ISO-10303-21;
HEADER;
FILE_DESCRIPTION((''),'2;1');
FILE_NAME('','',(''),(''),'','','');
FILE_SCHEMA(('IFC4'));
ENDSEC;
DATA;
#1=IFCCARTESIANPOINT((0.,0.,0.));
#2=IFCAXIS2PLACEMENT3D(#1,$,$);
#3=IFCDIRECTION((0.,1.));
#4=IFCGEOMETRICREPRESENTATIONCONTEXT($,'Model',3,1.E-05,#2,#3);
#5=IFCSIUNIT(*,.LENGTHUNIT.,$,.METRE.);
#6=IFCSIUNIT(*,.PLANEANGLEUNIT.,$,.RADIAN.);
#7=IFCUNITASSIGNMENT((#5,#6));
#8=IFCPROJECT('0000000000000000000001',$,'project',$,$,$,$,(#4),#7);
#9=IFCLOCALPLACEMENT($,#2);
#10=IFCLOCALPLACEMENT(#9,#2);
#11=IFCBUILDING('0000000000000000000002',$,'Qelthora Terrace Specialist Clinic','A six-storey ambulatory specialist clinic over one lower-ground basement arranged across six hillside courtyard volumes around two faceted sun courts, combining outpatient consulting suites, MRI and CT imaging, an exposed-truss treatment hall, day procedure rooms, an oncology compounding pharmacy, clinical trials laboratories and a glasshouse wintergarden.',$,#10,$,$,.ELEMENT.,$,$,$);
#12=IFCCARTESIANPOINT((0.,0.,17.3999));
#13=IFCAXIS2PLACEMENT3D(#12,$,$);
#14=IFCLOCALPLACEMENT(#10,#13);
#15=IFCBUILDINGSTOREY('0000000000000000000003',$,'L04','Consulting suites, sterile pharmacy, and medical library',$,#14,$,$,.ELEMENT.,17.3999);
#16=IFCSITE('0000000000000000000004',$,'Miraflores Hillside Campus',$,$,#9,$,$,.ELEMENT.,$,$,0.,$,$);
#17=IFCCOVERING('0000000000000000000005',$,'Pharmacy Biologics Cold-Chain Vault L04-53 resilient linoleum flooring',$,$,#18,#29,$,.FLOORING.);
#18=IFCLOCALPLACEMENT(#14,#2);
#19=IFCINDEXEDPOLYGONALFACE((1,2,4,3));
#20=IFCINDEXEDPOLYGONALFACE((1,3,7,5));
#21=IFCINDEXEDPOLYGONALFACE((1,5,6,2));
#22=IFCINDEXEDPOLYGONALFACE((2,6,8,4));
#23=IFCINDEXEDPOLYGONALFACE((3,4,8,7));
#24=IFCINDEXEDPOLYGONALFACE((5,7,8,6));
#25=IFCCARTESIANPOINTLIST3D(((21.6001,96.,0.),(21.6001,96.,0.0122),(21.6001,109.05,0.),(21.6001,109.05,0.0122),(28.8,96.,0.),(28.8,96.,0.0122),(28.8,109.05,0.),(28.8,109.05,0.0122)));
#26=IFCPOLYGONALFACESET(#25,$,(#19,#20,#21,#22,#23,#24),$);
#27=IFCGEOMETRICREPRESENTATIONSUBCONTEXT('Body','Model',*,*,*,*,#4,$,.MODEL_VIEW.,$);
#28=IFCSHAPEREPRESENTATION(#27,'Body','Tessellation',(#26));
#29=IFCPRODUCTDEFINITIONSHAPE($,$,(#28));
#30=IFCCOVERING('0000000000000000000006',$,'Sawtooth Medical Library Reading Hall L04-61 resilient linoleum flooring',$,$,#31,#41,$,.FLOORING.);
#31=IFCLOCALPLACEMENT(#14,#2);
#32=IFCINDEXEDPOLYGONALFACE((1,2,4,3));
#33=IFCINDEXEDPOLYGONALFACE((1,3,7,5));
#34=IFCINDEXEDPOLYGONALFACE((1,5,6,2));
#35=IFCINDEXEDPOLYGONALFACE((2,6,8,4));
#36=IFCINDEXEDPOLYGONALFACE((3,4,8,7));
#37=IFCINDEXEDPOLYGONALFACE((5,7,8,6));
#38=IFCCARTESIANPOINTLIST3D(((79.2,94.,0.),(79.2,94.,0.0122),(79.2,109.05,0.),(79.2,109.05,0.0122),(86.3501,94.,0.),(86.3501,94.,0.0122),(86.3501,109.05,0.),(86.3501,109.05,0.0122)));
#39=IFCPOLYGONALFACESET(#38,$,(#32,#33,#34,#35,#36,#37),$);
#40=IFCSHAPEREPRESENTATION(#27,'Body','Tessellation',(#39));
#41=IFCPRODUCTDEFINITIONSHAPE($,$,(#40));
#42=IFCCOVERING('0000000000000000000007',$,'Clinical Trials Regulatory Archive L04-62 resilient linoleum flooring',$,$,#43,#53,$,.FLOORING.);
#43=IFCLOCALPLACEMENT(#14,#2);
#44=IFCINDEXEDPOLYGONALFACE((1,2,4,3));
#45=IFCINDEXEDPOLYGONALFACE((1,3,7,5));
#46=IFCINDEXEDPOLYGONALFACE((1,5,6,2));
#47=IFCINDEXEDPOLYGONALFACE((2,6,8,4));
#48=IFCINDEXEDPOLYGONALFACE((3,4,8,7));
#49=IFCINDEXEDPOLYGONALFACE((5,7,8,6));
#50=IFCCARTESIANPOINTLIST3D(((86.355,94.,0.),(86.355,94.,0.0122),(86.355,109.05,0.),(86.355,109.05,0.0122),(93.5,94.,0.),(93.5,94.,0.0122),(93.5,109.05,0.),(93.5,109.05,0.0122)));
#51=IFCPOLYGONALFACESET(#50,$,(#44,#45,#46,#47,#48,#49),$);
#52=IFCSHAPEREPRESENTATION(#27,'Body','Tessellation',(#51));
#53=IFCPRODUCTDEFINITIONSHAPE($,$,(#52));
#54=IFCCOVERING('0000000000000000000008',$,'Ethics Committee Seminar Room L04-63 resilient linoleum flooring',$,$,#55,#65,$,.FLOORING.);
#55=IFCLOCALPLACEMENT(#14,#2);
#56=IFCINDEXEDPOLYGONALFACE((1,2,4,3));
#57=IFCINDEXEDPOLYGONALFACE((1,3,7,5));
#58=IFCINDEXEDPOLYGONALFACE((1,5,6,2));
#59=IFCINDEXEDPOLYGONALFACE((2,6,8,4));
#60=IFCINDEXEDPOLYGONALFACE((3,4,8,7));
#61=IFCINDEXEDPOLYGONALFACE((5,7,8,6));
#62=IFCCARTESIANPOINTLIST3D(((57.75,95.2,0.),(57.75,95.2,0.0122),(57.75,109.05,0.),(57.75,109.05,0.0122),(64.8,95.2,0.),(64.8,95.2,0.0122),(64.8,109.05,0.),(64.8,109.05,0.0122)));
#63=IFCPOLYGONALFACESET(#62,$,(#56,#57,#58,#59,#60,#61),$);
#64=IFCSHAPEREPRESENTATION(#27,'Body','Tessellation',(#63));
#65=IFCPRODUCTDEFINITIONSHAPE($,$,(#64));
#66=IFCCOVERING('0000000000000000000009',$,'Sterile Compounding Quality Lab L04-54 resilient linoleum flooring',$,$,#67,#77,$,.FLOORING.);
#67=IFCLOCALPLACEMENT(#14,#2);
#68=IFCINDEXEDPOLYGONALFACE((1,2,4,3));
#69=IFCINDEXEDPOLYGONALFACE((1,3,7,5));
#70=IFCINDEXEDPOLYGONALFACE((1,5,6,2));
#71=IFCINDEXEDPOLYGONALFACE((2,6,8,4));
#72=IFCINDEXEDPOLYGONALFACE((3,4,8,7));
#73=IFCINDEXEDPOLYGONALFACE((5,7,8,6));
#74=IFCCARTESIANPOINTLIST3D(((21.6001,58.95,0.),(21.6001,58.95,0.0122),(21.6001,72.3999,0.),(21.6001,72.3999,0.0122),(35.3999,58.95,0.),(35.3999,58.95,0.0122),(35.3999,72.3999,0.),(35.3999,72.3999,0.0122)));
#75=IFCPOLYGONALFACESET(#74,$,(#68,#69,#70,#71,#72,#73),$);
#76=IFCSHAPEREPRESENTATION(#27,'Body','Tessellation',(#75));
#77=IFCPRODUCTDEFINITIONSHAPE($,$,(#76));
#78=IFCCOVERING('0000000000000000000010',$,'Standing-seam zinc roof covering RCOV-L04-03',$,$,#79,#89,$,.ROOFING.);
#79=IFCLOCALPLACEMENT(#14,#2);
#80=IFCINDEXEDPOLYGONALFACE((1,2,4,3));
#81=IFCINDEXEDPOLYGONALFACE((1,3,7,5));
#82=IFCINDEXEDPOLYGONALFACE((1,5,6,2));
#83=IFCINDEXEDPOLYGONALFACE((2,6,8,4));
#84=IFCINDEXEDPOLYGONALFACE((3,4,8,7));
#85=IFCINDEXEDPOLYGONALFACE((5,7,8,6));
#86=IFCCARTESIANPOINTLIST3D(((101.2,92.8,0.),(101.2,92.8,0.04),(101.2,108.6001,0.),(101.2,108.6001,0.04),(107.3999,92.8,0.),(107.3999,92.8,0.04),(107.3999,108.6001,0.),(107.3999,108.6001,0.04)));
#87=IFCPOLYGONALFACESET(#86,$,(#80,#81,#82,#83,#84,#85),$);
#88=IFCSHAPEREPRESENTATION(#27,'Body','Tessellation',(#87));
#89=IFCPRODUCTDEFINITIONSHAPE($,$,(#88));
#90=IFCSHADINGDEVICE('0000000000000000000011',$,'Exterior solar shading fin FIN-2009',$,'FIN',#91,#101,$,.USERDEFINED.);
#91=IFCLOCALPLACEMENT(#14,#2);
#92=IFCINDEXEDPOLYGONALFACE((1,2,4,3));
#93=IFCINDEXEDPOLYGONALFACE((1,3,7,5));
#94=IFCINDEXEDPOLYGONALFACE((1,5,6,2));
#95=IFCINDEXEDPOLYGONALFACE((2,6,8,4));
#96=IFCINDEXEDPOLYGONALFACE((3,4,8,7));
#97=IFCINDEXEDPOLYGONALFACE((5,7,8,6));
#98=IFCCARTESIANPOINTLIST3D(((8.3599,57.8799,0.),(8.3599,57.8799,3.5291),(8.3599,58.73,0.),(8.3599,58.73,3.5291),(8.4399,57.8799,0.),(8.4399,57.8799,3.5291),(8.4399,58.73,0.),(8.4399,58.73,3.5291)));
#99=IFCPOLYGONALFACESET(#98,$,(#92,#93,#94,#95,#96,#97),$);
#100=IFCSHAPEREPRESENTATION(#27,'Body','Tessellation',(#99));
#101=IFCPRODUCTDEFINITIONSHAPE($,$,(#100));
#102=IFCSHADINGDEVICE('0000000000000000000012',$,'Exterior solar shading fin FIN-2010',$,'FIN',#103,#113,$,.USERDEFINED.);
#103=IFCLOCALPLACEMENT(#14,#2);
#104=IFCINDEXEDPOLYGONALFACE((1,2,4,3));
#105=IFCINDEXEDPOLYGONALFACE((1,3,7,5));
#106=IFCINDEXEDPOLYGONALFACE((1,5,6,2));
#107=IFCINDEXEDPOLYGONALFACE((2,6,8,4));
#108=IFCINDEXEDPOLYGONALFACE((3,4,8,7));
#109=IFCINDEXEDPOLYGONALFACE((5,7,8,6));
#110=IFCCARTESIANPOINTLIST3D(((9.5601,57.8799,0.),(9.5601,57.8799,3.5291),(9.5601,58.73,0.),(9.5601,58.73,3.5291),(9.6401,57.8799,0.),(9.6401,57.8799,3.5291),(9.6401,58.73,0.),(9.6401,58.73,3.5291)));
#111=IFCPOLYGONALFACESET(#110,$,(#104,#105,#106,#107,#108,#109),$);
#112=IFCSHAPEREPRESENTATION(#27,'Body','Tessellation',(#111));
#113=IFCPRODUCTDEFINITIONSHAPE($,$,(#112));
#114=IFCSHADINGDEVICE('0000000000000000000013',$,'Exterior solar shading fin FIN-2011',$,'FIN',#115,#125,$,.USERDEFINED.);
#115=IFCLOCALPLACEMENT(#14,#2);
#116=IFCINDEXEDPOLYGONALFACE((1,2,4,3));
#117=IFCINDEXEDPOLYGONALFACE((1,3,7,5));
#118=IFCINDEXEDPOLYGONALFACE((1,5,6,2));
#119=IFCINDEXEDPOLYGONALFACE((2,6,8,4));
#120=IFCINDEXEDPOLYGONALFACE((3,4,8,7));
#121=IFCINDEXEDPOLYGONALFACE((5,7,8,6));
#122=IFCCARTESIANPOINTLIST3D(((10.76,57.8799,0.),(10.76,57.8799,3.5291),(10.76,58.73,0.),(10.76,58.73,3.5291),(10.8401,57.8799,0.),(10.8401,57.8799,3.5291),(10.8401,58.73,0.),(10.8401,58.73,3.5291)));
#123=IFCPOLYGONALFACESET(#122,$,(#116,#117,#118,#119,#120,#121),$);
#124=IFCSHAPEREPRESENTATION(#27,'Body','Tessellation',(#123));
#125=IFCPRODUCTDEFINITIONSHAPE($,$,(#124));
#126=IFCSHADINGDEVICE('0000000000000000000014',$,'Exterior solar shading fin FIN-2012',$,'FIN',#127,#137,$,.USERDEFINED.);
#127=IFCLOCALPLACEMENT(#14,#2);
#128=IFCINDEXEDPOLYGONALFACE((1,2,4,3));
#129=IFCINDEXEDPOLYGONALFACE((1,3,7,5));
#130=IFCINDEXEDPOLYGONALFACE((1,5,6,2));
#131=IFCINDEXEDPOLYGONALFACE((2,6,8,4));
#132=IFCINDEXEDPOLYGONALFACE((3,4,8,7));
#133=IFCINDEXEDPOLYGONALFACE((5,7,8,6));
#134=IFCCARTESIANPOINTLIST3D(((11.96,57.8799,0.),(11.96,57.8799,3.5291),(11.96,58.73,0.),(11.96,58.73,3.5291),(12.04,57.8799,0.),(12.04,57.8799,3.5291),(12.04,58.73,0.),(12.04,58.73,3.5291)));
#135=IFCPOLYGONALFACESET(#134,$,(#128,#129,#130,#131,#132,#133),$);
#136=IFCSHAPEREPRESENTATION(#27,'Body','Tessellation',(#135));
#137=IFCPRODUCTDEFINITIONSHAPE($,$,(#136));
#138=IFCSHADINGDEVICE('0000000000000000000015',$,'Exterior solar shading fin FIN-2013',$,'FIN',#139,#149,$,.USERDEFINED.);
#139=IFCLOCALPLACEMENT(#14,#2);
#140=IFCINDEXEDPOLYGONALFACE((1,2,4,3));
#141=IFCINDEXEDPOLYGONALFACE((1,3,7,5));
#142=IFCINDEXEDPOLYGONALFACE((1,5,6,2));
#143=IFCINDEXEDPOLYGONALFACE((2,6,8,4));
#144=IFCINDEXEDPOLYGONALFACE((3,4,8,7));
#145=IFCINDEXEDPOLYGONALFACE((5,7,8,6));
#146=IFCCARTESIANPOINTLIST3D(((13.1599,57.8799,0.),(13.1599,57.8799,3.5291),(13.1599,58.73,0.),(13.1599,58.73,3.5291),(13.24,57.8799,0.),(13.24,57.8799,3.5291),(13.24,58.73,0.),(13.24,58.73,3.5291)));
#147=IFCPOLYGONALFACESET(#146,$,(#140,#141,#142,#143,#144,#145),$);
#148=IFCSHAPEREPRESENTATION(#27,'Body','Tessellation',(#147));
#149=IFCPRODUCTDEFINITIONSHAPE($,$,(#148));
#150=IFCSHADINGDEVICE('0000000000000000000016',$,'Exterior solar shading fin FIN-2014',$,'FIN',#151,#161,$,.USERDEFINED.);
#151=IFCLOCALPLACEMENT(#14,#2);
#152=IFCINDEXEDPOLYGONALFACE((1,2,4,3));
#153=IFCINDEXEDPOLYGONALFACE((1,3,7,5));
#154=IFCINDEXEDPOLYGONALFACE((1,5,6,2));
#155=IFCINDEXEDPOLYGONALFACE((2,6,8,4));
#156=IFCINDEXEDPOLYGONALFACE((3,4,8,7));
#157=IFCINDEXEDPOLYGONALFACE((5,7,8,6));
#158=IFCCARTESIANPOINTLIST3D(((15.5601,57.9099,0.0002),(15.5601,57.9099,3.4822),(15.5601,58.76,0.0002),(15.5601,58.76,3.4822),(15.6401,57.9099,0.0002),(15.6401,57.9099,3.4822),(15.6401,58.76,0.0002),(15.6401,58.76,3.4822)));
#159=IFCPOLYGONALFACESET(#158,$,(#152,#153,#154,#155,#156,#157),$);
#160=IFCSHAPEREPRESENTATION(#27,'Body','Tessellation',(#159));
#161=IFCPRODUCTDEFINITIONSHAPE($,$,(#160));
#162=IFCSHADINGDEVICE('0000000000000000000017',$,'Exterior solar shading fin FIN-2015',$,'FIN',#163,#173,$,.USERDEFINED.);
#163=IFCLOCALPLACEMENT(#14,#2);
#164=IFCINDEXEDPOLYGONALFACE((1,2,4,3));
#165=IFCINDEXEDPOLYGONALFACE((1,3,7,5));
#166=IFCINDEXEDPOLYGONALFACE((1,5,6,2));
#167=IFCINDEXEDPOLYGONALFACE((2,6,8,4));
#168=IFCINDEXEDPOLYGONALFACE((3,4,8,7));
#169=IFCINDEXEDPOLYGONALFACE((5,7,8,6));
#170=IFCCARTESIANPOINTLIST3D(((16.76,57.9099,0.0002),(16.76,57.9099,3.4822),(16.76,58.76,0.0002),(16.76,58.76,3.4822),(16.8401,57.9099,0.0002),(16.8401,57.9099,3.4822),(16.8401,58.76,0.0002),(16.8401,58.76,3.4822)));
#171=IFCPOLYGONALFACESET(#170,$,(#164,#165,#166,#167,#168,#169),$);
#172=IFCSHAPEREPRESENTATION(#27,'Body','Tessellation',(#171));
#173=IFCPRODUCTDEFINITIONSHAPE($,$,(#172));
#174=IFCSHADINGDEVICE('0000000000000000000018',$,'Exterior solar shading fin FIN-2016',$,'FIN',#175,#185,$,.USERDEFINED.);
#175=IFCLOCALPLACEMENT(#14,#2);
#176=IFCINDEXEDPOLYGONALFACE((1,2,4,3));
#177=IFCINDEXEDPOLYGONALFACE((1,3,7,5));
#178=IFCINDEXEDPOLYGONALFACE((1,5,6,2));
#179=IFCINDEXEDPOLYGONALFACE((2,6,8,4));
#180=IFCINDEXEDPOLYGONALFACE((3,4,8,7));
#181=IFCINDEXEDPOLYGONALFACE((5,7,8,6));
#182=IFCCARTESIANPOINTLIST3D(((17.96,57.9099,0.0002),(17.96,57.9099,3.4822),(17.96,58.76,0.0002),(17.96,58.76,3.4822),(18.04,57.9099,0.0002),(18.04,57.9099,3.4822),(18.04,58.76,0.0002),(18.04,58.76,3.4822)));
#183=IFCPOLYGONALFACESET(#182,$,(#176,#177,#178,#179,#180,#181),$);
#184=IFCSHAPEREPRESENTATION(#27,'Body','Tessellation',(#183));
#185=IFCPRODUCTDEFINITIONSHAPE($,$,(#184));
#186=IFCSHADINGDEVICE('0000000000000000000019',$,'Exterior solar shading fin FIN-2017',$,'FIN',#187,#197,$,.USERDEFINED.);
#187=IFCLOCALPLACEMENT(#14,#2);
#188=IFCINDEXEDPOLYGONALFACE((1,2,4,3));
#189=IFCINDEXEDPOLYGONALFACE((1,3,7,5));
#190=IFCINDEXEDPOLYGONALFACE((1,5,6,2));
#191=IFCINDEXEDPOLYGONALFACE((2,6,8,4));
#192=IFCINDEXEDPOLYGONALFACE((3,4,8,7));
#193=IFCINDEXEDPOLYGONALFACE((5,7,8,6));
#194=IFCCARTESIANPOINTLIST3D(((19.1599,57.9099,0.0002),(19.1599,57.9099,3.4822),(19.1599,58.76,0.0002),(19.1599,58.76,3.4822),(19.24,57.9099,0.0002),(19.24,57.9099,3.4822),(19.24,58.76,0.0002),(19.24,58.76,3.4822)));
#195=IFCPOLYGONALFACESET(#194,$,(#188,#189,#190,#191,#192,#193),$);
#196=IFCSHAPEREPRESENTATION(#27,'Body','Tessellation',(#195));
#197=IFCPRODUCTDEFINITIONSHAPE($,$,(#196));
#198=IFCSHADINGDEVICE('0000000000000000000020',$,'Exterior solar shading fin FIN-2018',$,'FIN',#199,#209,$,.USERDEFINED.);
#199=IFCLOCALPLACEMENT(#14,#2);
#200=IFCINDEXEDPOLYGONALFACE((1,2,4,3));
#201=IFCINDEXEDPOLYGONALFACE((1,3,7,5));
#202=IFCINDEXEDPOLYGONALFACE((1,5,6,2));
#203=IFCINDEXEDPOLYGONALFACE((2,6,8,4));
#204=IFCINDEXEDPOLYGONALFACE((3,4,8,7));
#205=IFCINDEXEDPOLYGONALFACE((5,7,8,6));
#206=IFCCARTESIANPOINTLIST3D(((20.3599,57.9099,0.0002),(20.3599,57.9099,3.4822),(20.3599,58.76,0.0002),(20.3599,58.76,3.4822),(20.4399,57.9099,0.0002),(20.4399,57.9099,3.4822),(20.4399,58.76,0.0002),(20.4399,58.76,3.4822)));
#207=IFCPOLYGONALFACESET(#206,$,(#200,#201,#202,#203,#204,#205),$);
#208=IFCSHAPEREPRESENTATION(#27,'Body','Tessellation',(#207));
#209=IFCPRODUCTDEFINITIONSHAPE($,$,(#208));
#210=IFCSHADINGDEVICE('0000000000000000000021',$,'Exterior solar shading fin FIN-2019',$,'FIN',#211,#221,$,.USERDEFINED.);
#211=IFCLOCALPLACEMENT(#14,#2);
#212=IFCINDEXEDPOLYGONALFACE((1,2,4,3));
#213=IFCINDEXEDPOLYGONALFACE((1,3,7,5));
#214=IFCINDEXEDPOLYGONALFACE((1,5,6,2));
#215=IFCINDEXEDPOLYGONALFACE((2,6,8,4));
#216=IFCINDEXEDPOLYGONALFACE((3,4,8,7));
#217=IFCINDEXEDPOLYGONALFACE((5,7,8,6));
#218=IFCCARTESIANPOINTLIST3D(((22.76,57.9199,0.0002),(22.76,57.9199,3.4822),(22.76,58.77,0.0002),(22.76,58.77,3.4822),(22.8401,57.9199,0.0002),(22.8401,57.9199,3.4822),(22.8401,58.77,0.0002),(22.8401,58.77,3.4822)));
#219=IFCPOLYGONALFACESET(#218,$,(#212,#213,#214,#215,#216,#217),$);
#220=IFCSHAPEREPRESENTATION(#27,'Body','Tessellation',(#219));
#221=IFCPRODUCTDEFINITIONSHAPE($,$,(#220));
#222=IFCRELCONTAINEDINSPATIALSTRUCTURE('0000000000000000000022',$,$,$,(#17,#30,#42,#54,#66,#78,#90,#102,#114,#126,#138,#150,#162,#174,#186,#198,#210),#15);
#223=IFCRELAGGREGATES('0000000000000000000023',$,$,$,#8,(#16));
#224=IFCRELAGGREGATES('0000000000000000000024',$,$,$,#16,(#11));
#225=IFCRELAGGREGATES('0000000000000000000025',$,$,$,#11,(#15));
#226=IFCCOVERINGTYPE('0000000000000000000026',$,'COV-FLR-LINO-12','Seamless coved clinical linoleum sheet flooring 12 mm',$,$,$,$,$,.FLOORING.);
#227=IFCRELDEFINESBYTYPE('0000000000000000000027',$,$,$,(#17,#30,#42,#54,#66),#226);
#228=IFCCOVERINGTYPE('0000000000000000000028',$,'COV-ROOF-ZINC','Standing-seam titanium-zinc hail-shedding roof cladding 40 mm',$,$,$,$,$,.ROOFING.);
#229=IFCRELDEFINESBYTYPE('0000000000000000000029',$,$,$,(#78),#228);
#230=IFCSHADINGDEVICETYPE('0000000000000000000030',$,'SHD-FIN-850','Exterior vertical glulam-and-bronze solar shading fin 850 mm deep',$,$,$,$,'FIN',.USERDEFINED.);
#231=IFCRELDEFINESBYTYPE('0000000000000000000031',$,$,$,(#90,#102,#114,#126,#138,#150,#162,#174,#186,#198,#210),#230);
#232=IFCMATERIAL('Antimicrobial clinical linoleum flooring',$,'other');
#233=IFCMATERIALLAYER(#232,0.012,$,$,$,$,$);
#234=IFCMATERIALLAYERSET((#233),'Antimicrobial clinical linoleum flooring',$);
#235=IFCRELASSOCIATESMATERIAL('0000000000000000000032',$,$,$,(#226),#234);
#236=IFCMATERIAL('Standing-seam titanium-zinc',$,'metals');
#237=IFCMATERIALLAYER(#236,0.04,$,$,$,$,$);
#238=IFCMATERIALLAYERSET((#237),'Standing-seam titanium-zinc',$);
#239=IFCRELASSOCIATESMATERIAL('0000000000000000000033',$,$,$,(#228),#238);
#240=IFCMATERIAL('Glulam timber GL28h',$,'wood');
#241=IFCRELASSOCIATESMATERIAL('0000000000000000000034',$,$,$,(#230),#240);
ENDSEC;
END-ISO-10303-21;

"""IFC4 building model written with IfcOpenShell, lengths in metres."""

from ifc_helpers import new_model, si_unit, direction, frame, origin, origin_2d, place, context, subcontext, project, spatial, polyline, rectangle, outline, extrude, material, layer, layer_set, type_object, element, save


model = new_model("IFC4")

# Units and contexts
model_context = context("Model", 3, precision=1e-05, world=origin(), true_north=direction((0.0, 1.0)))
body_context = subcontext(model_context, "Body", "Model", "MODEL_VIEW")
ifc_project = project(units=[si_unit("LENGTHUNIT", "METRE"), si_unit("PLANEANGLEUNIT", "RADIAN")], contexts=[model_context])

# Site, building, storey
site_placement = place(None, origin())
site = spatial("IfcSite", under=ifc_project, at=site_placement, Name="Miraflores Hillside Campus", CompositionType="ELEMENT", RefElevation=0.0)
building_placement = place(site_placement, origin())
building = spatial("IfcBuilding", under=site, at=building_placement, Name="Qelthora Terrace Specialist Clinic", Description="A six-storey ambulatory specialist clinic over one lower-ground basement arranged across six hillside courtyard volumes around two faceted sun courts, combining outpatient consulting suites, MRI and CT imaging, an exposed-truss treatment hall, day procedure rooms, an oncology compounding pharmacy, clinical trials laboratories and a glasshouse wintergarden.", CompositionType="ELEMENT")
storey_placement = place(building_placement, frame((0.0, 0.0, 17.3999)))
storey = spatial("IfcBuildingStorey", under=building, at=storey_placement, Name="L04", Description="Consulting suites, sterile pharmacy, and medical library", CompositionType="ELEMENT", Elevation=17.3999)

# Coverings
ifc_material_1 = material(Name="Antimicrobial clinical linoleum flooring", Category="other")
ifc_layer_1 = layer(ifc_material_1, 0.012)
ifc_layer_set_1 = layer_set([ifc_layer_1], Name="Antimicrobial clinical linoleum flooring")
covering_type_1 = type_object("IfcCoveringType", Name="COV-FLR-LINO-12", Description="Seamless coved clinical linoleum sheet flooring 12 mm", PredefinedType="FLOORING", material=ifc_layer_set_1)
covering_1_placement = place(storey_placement, origin())
element("IfcCovering", 1, at=covering_1_placement, inside=storey, type_object=covering_type_1, Name="Pharmacy Biologics Cold-Chain Vault L04-53 resilient linoleum flooring", PredefinedType="FLOORING", context=body_context, shape_type="SweptSolid", body=[
    extrude(outline(polyline([(21.6001, 96.0), (21.6001, 109.05), (28.8, 109.05), (28.8, 96.0), (21.6001, 96.0)])), origin(), (0.0, 0.0, 1.0), 0.0122),
])
covering_2_placement = place(storey_placement, origin())
element("IfcCovering", 2, at=covering_2_placement, inside=storey, type_object=covering_type_1, Name="Sawtooth Medical Library Reading Hall L04-61 resilient linoleum flooring", PredefinedType="FLOORING", context=body_context, shape_type="SweptSolid", body=[
    extrude(outline(polyline([(79.2, 94.0), (79.2, 109.05), (86.3501, 109.05), (86.3501, 94.0), (79.2, 94.0)])), origin(), (0.0, 0.0, 1.0), 0.0122),
])
covering_3_placement = place(storey_placement, origin())
element("IfcCovering", 3, at=covering_3_placement, inside=storey, type_object=covering_type_1, Name="Clinical Trials Regulatory Archive L04-62 resilient linoleum flooring", PredefinedType="FLOORING", context=body_context, shape_type="SweptSolid", body=[
    extrude(outline(polyline([(86.355, 94.0), (86.355, 109.05), (93.5, 109.05), (93.5, 94.0), (86.355, 94.0)])), origin(), (0.0, 0.0, 1.0), 0.0122),
])
covering_4_placement = place(storey_placement, origin())
element("IfcCovering", 4, at=covering_4_placement, inside=storey, type_object=covering_type_1, Name="Ethics Committee Seminar Room L04-63 resilient linoleum flooring", PredefinedType="FLOORING", context=body_context, shape_type="SweptSolid", body=[
    extrude(outline(polyline([(57.75, 95.2), (57.75, 109.05), (64.8, 109.05), (64.8, 95.2), (57.75, 95.2)])), origin(), (0.0, 0.0, 1.0), 0.0122),
])
covering_5_placement = place(storey_placement, origin())
element("IfcCovering", 5, at=covering_5_placement, inside=storey, type_object=covering_type_1, Name="Sterile Compounding Quality Lab L04-54 resilient linoleum flooring", PredefinedType="FLOORING", context=body_context, shape_type="SweptSolid", body=[
    extrude(outline(polyline([(21.6001, 58.95), (21.6001, 72.3999), (35.3999, 72.3999), (35.3999, 58.95), (21.6001, 58.95)])), origin(), (0.0, 0.0, 1.0), 0.0122),
])
ifc_material_2 = material(Name="Standing-seam titanium-zinc", Category="metals")
ifc_layer_2 = layer(ifc_material_2, 0.04)
ifc_layer_set_2 = layer_set([ifc_layer_2], Name="Standing-seam titanium-zinc")
covering_type_2 = type_object("IfcCoveringType", Name="COV-ROOF-ZINC", Description="Standing-seam titanium-zinc hail-shedding roof cladding 40 mm", PredefinedType="ROOFING", material=ifc_layer_set_2)
covering_6_placement = place(storey_placement, origin())
element("IfcCovering", 6, at=covering_6_placement, inside=storey, type_object=covering_type_2, Name="Standing-seam zinc roof covering RCOV-L04-03", PredefinedType="ROOFING", context=body_context, shape_type="SweptSolid", body=[
    extrude(outline(polyline([(101.2, 92.8), (107.3999, 92.8), (107.3999, 108.6001), (101.2, 108.6001), (101.2, 92.8)])), origin(), (0.0, 0.0, 1.0), 0.04),
])

# Shading devices
ifc_material_3 = material(Name="Glulam timber GL28h", Category="wood")
shading_device_type = type_object("IfcShadingDeviceType", Name="SHD-FIN-850", Description="Exterior vertical glulam-and-bronze solar shading fin 850 mm deep", ElementType="FIN", PredefinedType="USERDEFINED", material=ifc_material_3)
for number, where, z_axis, x_axis, name in (
    (7, (8.3999, 58.3049, 0.0), (0.0, 0.0, 1.0), (0.0, -1.0, 0.0), "Exterior solar shading fin FIN-2009"),
    (8, (9.6001, 58.3049, 0.0), (0.0, 0.0, 1.0), (0.0, -1.0, 0.0), "Exterior solar shading fin FIN-2010"),
    (9, (10.8, 58.3049, 0.0), (0.0, 0.0, 1.0), (0.0, -1.0, 0.0), "Exterior solar shading fin FIN-2011"),
    (10, (12.0, 58.3049, 0.0), (0.0, 0.0, 1.0), (0.0, -1.0, 0.0), "Exterior solar shading fin FIN-2012"),
    (11, (13.2, 58.3049, 0.0), (0.0, 0.0, 1.0), (0.0, -1.0, 0.0), "Exterior solar shading fin FIN-2013"),
):
    element("IfcShadingDevice", number, at=place(storey_placement, frame(where, z_axis=z_axis, x_axis=x_axis)), inside=storey, type_object=shading_device_type, Name=name, ObjectType="FIN", PredefinedType="USERDEFINED", context=body_context, shape_type="SweptSolid", body=[
        extrude(rectangle(XDim=0.8501, YDim=0.0801, at=origin_2d()), origin(), (0.0, 0.0, 1.0), 3.5291),
    ])
for number, where, z_axis, x_axis, name in (
    (12, (15.6001, 58.335, 0.0002), (0.0, 0.0, 1.0), (0.0, -1.0, 0.0), "Exterior solar shading fin FIN-2014"),
    (13, (16.8, 58.335, 0.0002), (0.0, 0.0, 1.0), (0.0, -1.0, 0.0), "Exterior solar shading fin FIN-2015"),
    (14, (18.0, 58.335, 0.0002), (0.0, 0.0, 1.0), (0.0, -1.0, 0.0), "Exterior solar shading fin FIN-2016"),
    (15, (19.2, 58.335, 0.0002), (0.0, 0.0, 1.0), (0.0, -1.0, 0.0), "Exterior solar shading fin FIN-2017"),
    (16, (20.3999, 58.335, 0.0002), (0.0, 0.0, 1.0), (0.0, -1.0, 0.0), "Exterior solar shading fin FIN-2018"),
    (17, (22.8, 58.345, 0.0002), (0.0, 0.0, 1.0), (0.0, -1.0, 0.0), "Exterior solar shading fin FIN-2019"),
):
    element("IfcShadingDevice", number, at=place(storey_placement, frame(where, z_axis=z_axis, x_axis=x_axis)), inside=storey, type_object=shading_device_type, Name=name, ObjectType="FIN", PredefinedType="USERDEFINED", context=body_context, shape_type="SweptSolid", body=[
        extrude(rectangle(XDim=0.8501, YDim=0.0801, at=origin_2d()), origin(), (0.0, 0.0, 1.0), 3.4819),
    ])

save(model, "model.ifc")
